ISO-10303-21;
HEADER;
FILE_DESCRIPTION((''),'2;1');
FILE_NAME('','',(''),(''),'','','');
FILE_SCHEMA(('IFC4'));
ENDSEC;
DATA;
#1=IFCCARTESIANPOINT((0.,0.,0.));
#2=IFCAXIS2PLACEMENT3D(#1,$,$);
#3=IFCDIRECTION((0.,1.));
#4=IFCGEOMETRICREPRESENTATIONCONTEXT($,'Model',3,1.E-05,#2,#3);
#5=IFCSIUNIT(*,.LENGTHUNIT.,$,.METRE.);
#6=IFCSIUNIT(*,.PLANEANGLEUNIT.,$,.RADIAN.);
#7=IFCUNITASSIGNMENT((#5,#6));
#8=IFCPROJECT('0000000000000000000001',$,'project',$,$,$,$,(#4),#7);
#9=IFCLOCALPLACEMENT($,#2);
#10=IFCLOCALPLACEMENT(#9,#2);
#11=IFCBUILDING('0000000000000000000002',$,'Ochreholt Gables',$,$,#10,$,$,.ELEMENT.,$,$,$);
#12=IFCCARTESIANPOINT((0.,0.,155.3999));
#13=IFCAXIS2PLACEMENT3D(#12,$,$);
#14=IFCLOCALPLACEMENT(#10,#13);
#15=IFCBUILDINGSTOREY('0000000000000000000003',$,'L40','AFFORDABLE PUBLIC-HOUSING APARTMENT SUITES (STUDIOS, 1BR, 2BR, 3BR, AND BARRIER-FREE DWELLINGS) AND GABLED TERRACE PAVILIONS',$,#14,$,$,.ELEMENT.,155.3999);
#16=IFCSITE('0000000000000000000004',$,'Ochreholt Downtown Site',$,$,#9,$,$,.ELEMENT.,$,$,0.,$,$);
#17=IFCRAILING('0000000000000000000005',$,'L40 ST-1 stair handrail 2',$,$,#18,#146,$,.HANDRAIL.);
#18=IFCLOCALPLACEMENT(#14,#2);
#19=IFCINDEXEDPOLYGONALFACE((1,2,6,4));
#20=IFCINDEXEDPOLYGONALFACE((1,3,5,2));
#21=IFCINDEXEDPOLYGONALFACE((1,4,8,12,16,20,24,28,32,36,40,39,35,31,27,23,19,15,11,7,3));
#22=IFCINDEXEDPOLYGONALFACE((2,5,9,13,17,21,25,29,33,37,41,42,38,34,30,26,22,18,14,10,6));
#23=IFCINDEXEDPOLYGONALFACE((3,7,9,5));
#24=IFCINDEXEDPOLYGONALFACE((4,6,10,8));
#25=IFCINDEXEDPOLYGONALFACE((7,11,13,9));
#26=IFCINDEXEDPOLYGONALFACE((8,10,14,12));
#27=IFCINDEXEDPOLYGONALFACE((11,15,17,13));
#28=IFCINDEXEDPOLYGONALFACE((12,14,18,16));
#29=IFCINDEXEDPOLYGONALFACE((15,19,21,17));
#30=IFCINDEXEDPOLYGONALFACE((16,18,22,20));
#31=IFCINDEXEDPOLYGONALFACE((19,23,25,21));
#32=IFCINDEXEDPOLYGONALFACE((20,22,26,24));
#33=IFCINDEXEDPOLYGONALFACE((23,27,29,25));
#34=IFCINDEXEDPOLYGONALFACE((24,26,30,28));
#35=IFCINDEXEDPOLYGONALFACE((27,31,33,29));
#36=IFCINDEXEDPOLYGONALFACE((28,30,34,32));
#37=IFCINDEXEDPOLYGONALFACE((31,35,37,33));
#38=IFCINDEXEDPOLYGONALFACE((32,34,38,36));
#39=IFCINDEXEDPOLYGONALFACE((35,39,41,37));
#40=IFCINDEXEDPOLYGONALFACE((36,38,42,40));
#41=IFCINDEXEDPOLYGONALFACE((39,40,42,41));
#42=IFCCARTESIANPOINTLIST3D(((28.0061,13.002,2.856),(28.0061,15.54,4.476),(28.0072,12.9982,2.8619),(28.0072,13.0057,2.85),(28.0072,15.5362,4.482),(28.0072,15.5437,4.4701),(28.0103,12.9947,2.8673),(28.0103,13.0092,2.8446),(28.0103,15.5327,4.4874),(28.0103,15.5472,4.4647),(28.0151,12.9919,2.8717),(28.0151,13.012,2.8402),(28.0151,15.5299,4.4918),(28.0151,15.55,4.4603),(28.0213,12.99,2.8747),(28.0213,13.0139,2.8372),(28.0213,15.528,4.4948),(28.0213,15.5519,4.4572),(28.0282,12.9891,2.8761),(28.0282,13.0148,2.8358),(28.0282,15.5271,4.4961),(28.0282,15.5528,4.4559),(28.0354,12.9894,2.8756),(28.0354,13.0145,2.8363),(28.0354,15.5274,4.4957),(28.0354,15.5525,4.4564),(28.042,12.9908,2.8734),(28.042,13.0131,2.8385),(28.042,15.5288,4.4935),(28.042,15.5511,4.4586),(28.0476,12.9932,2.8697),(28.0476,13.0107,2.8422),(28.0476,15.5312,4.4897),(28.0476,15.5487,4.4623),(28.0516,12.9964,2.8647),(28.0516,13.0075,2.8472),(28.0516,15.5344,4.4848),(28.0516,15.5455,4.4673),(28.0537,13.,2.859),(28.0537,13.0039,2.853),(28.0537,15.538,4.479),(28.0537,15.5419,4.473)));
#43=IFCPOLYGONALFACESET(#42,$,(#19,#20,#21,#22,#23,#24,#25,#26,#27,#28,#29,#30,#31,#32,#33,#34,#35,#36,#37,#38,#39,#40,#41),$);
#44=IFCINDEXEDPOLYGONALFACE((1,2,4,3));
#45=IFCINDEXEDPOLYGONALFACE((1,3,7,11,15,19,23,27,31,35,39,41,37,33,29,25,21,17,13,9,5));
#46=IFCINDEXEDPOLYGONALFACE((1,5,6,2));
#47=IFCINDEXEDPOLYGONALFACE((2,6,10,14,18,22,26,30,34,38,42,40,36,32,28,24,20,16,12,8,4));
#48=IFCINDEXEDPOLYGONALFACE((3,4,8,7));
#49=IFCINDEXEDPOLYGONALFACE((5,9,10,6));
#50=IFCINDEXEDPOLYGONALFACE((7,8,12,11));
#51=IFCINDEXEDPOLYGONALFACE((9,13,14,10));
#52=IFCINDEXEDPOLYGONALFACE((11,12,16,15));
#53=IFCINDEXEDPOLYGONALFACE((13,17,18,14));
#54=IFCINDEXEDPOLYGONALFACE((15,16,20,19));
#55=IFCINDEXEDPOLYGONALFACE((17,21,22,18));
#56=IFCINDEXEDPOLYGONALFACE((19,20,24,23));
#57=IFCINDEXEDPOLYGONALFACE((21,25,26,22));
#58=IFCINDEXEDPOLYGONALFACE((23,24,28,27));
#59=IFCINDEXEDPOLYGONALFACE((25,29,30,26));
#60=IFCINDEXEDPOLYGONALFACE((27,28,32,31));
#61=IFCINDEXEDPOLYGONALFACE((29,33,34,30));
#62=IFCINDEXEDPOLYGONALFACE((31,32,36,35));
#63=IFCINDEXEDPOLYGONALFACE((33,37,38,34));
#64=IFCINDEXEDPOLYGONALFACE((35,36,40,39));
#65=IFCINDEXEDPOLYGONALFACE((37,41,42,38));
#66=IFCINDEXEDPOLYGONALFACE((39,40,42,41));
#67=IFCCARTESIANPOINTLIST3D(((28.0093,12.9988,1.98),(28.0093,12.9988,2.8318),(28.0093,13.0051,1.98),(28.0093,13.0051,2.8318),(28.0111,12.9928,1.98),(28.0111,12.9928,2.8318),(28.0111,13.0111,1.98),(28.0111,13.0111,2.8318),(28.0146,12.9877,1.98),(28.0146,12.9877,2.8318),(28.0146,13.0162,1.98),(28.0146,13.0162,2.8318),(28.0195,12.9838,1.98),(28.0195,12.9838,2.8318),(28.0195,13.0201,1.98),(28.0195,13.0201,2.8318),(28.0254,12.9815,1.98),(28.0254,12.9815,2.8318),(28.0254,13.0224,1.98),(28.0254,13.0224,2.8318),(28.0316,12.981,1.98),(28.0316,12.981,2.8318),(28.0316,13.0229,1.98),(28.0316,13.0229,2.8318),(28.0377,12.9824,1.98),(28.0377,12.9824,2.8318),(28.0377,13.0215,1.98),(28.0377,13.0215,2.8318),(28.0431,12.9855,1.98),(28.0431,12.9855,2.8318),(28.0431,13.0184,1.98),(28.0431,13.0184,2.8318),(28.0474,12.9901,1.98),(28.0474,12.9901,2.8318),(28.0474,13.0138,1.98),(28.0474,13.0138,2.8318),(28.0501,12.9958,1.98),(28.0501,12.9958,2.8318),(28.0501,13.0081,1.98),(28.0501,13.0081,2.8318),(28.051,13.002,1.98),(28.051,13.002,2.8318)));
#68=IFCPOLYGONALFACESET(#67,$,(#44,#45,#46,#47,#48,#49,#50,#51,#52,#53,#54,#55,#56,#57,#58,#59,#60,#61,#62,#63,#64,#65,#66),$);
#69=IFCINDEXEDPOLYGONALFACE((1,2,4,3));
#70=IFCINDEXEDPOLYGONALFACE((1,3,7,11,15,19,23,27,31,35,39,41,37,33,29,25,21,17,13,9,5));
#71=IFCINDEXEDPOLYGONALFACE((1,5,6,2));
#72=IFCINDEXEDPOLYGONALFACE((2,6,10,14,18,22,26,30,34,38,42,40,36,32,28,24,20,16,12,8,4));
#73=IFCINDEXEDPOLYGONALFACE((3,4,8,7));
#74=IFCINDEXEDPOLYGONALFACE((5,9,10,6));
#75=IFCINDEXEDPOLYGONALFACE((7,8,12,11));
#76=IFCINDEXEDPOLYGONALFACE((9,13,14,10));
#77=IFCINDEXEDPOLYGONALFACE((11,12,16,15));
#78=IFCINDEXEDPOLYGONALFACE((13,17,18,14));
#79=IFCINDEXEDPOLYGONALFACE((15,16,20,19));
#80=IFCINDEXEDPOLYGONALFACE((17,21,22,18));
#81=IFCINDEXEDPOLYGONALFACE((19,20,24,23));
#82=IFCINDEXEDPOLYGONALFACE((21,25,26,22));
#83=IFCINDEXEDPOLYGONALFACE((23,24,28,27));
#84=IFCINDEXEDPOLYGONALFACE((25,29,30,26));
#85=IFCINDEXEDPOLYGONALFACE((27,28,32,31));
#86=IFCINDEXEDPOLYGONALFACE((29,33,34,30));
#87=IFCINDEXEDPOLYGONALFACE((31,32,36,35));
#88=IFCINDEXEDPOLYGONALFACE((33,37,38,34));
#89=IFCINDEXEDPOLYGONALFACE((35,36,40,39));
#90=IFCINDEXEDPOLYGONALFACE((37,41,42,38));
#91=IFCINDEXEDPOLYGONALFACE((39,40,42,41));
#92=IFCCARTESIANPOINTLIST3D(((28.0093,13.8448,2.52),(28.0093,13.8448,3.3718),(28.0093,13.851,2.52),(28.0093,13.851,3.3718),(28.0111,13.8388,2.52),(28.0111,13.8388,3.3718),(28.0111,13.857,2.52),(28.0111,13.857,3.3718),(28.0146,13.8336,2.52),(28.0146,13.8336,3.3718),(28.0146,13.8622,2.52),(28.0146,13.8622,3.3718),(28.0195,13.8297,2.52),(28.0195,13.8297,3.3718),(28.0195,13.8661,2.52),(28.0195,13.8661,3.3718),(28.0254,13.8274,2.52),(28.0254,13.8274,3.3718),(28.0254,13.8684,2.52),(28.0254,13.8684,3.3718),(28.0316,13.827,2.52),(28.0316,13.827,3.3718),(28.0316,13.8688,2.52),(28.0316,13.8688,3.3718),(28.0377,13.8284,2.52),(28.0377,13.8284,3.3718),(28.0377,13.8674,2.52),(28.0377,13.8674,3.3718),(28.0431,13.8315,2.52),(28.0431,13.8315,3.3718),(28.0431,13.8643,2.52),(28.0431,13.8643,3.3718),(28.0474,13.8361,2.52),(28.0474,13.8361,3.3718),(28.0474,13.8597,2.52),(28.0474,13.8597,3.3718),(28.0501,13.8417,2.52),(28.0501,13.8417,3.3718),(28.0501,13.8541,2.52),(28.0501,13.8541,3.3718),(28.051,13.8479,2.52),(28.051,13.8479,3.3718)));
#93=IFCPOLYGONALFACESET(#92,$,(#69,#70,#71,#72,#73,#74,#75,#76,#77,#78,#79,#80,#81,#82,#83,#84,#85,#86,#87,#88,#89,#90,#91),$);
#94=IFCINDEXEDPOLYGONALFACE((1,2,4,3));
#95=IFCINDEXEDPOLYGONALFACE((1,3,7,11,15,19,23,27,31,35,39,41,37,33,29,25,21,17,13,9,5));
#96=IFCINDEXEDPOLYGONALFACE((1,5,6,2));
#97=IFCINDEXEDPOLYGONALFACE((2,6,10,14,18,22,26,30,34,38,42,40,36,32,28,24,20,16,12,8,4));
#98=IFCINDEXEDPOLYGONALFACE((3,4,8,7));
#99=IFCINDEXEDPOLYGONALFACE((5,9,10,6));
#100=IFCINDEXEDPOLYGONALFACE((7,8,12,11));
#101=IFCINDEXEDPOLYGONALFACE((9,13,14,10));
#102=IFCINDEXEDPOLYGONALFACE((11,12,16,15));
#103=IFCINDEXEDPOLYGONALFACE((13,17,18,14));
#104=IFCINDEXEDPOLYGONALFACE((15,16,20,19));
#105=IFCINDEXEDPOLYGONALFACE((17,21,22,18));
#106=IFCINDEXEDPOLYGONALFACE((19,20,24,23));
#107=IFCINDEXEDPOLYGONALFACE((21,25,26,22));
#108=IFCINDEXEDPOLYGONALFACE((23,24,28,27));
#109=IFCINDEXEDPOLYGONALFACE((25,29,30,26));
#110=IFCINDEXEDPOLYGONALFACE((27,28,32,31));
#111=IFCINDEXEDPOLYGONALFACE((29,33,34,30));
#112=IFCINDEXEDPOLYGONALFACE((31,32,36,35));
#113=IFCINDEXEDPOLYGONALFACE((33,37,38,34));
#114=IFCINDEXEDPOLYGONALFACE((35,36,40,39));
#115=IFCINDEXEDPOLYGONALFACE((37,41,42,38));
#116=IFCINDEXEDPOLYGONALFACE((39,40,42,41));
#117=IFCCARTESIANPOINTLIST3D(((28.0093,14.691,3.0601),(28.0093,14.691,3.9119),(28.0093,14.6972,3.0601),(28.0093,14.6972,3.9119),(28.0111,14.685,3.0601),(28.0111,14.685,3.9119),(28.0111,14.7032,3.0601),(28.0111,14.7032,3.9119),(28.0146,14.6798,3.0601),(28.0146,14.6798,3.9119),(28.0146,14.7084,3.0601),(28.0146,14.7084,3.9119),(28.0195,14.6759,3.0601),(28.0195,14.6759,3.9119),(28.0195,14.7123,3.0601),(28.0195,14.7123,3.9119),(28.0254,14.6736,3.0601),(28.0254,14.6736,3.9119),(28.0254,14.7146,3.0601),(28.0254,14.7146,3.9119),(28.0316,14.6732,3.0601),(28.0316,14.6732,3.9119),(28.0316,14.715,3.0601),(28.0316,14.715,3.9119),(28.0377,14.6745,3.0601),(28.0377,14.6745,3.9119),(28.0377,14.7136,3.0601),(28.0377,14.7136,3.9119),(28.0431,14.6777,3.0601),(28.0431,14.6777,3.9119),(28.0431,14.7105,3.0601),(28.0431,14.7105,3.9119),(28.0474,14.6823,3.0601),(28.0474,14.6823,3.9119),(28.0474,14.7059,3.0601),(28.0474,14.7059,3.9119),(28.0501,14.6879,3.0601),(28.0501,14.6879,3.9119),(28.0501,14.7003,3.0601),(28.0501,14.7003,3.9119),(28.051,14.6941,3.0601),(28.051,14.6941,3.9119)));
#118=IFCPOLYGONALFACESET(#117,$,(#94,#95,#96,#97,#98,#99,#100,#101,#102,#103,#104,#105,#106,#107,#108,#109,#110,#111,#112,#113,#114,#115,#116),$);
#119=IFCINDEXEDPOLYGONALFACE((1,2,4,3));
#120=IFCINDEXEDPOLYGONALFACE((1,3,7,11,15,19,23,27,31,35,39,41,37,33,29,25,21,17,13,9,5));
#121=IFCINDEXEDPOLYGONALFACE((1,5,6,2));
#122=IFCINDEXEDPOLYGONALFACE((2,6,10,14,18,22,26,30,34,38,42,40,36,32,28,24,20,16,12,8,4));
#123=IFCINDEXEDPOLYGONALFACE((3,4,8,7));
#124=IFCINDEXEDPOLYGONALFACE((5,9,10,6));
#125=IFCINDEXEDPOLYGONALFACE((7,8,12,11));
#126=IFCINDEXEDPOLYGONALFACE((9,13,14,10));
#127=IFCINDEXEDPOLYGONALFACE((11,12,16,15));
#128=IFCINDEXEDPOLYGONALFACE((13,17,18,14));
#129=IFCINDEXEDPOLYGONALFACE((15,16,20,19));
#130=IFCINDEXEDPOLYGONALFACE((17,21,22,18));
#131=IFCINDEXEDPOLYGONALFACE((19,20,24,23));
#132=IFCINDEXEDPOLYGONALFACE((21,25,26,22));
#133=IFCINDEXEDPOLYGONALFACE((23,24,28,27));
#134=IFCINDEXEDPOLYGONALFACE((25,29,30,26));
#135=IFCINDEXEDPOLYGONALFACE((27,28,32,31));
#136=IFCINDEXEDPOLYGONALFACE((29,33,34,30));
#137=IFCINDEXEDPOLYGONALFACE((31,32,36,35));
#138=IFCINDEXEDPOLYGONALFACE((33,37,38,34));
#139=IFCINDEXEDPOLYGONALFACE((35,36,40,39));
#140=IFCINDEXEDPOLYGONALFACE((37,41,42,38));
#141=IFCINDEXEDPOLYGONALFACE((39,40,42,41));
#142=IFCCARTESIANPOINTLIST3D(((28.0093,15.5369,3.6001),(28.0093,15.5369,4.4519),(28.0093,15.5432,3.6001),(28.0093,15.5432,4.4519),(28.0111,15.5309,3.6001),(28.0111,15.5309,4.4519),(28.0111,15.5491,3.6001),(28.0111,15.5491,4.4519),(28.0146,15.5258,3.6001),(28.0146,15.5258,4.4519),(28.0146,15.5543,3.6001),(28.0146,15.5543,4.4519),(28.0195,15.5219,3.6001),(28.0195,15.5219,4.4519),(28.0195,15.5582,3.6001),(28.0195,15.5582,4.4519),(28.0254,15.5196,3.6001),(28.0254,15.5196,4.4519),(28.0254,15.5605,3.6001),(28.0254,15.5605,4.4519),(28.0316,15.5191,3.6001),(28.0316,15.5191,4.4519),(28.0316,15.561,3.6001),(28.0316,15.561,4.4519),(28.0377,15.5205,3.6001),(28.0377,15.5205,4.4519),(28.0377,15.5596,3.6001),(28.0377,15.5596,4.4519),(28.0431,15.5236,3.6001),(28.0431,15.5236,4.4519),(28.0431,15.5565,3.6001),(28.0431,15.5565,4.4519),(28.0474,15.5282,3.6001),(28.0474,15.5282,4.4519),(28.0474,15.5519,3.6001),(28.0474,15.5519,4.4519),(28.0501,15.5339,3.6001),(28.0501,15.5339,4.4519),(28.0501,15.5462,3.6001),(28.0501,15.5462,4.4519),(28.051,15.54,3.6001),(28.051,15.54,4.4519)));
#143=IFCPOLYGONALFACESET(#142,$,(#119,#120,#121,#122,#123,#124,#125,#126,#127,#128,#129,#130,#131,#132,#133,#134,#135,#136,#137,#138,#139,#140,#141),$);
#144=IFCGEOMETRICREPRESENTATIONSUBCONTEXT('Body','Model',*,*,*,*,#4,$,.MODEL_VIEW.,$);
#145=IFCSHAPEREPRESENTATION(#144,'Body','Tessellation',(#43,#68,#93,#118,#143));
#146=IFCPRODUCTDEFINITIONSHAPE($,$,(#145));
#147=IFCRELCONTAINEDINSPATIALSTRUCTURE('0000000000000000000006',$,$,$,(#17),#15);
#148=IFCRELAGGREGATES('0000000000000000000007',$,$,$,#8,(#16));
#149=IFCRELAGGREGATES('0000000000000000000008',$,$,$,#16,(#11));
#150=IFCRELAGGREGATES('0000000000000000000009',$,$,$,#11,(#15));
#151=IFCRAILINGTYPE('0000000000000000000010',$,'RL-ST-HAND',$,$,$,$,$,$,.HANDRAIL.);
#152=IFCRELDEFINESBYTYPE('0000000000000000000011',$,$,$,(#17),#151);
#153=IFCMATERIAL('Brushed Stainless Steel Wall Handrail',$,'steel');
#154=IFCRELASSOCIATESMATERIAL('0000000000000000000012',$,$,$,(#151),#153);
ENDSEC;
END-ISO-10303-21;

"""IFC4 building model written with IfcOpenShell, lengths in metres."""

from ifc_helpers import new_model, si_unit, direction, frame, origin, origin_2d, place, context, subcontext, project, spatial, circle, extrude, material, type_object, element, save


model = new_model("IFC4")

# Units and contexts
model_context = context("Model", 3, precision=1e-05, world=origin(), true_north=direction((0.0, 1.0)))
body_context = subcontext(model_context, "Body", "Model", "MODEL_VIEW")
ifc_project = project(units=[si_unit("LENGTHUNIT", "METRE"), si_unit("PLANEANGLEUNIT", "RADIAN")], contexts=[model_context])

# Site, building, storey
site_placement = place(None, origin())
site = spatial("IfcSite", under=ifc_project, at=site_placement, Name="Ochreholt Downtown Site", CompositionType="ELEMENT", RefElevation=0.0)
building_placement = place(site_placement, origin())
building = spatial("IfcBuilding", under=site, at=building_placement, Name="Ochreholt Gables", CompositionType="ELEMENT")
storey_placement = place(building_placement, frame((0.0, 0.0, 155.3999)))
storey = spatial("IfcBuildingStorey", under=building, at=storey_placement, Name="L40", Description="AFFORDABLE PUBLIC-HOUSING APARTMENT SUITES (STUDIOS, 1BR, 2BR, 3BR, AND BARRIER-FREE DWELLINGS) AND GABLED TERRACE PAVILIONS", CompositionType="ELEMENT", Elevation=155.3999)

# Railing
ifc_material_1 = material(Name="Brushed Stainless Steel Wall Handrail", Category="steel")
railing_type_1 = type_object("IfcRailingType", Name="RL-ST-HAND", PredefinedType="HANDRAIL", material=ifc_material_1)
railing_1_placement = place(storey_placement, frame((28.03, 13.002, 1.98)))
element("IfcRailing", 1, at=railing_1_placement, inside=storey, type_object=railing_type_1, Name="L40 ST-1 stair handrail 2", PredefinedType="HANDRAIL", context=body_context, shape_type="SweptSolid", body=[
    extrude(circle(Radius=0.0239, at=origin_2d()), frame((0.0, 0.0, 0.876), z_axis=(0.0, 0.842913, 0.53805), x_axis=(-1.0, 0.0, 0.0)), (0.0, 0.0, 1.0), 3.011),
    extrude(circle(Radius=0.021, at=origin_2d()), origin(), (0.0, 0.0, 1.0), 0.8518),
    extrude(circle(Radius=0.021, at=origin_2d()), frame((0.0, 0.8459, 0.54)), (0.0, 0.0, 1.0), 0.8518),
    extrude(circle(Radius=0.021, at=origin_2d()), frame((0.0, 1.6921, 1.0801)), (0.0, 0.0, 1.0), 0.8518),
    extrude(circle(Radius=0.021, at=origin_2d()), frame((0.0, 2.5381, 1.6201)), (0.0, 0.0, 1.0), 0.8518),
])

save(model, "model.ifc")
